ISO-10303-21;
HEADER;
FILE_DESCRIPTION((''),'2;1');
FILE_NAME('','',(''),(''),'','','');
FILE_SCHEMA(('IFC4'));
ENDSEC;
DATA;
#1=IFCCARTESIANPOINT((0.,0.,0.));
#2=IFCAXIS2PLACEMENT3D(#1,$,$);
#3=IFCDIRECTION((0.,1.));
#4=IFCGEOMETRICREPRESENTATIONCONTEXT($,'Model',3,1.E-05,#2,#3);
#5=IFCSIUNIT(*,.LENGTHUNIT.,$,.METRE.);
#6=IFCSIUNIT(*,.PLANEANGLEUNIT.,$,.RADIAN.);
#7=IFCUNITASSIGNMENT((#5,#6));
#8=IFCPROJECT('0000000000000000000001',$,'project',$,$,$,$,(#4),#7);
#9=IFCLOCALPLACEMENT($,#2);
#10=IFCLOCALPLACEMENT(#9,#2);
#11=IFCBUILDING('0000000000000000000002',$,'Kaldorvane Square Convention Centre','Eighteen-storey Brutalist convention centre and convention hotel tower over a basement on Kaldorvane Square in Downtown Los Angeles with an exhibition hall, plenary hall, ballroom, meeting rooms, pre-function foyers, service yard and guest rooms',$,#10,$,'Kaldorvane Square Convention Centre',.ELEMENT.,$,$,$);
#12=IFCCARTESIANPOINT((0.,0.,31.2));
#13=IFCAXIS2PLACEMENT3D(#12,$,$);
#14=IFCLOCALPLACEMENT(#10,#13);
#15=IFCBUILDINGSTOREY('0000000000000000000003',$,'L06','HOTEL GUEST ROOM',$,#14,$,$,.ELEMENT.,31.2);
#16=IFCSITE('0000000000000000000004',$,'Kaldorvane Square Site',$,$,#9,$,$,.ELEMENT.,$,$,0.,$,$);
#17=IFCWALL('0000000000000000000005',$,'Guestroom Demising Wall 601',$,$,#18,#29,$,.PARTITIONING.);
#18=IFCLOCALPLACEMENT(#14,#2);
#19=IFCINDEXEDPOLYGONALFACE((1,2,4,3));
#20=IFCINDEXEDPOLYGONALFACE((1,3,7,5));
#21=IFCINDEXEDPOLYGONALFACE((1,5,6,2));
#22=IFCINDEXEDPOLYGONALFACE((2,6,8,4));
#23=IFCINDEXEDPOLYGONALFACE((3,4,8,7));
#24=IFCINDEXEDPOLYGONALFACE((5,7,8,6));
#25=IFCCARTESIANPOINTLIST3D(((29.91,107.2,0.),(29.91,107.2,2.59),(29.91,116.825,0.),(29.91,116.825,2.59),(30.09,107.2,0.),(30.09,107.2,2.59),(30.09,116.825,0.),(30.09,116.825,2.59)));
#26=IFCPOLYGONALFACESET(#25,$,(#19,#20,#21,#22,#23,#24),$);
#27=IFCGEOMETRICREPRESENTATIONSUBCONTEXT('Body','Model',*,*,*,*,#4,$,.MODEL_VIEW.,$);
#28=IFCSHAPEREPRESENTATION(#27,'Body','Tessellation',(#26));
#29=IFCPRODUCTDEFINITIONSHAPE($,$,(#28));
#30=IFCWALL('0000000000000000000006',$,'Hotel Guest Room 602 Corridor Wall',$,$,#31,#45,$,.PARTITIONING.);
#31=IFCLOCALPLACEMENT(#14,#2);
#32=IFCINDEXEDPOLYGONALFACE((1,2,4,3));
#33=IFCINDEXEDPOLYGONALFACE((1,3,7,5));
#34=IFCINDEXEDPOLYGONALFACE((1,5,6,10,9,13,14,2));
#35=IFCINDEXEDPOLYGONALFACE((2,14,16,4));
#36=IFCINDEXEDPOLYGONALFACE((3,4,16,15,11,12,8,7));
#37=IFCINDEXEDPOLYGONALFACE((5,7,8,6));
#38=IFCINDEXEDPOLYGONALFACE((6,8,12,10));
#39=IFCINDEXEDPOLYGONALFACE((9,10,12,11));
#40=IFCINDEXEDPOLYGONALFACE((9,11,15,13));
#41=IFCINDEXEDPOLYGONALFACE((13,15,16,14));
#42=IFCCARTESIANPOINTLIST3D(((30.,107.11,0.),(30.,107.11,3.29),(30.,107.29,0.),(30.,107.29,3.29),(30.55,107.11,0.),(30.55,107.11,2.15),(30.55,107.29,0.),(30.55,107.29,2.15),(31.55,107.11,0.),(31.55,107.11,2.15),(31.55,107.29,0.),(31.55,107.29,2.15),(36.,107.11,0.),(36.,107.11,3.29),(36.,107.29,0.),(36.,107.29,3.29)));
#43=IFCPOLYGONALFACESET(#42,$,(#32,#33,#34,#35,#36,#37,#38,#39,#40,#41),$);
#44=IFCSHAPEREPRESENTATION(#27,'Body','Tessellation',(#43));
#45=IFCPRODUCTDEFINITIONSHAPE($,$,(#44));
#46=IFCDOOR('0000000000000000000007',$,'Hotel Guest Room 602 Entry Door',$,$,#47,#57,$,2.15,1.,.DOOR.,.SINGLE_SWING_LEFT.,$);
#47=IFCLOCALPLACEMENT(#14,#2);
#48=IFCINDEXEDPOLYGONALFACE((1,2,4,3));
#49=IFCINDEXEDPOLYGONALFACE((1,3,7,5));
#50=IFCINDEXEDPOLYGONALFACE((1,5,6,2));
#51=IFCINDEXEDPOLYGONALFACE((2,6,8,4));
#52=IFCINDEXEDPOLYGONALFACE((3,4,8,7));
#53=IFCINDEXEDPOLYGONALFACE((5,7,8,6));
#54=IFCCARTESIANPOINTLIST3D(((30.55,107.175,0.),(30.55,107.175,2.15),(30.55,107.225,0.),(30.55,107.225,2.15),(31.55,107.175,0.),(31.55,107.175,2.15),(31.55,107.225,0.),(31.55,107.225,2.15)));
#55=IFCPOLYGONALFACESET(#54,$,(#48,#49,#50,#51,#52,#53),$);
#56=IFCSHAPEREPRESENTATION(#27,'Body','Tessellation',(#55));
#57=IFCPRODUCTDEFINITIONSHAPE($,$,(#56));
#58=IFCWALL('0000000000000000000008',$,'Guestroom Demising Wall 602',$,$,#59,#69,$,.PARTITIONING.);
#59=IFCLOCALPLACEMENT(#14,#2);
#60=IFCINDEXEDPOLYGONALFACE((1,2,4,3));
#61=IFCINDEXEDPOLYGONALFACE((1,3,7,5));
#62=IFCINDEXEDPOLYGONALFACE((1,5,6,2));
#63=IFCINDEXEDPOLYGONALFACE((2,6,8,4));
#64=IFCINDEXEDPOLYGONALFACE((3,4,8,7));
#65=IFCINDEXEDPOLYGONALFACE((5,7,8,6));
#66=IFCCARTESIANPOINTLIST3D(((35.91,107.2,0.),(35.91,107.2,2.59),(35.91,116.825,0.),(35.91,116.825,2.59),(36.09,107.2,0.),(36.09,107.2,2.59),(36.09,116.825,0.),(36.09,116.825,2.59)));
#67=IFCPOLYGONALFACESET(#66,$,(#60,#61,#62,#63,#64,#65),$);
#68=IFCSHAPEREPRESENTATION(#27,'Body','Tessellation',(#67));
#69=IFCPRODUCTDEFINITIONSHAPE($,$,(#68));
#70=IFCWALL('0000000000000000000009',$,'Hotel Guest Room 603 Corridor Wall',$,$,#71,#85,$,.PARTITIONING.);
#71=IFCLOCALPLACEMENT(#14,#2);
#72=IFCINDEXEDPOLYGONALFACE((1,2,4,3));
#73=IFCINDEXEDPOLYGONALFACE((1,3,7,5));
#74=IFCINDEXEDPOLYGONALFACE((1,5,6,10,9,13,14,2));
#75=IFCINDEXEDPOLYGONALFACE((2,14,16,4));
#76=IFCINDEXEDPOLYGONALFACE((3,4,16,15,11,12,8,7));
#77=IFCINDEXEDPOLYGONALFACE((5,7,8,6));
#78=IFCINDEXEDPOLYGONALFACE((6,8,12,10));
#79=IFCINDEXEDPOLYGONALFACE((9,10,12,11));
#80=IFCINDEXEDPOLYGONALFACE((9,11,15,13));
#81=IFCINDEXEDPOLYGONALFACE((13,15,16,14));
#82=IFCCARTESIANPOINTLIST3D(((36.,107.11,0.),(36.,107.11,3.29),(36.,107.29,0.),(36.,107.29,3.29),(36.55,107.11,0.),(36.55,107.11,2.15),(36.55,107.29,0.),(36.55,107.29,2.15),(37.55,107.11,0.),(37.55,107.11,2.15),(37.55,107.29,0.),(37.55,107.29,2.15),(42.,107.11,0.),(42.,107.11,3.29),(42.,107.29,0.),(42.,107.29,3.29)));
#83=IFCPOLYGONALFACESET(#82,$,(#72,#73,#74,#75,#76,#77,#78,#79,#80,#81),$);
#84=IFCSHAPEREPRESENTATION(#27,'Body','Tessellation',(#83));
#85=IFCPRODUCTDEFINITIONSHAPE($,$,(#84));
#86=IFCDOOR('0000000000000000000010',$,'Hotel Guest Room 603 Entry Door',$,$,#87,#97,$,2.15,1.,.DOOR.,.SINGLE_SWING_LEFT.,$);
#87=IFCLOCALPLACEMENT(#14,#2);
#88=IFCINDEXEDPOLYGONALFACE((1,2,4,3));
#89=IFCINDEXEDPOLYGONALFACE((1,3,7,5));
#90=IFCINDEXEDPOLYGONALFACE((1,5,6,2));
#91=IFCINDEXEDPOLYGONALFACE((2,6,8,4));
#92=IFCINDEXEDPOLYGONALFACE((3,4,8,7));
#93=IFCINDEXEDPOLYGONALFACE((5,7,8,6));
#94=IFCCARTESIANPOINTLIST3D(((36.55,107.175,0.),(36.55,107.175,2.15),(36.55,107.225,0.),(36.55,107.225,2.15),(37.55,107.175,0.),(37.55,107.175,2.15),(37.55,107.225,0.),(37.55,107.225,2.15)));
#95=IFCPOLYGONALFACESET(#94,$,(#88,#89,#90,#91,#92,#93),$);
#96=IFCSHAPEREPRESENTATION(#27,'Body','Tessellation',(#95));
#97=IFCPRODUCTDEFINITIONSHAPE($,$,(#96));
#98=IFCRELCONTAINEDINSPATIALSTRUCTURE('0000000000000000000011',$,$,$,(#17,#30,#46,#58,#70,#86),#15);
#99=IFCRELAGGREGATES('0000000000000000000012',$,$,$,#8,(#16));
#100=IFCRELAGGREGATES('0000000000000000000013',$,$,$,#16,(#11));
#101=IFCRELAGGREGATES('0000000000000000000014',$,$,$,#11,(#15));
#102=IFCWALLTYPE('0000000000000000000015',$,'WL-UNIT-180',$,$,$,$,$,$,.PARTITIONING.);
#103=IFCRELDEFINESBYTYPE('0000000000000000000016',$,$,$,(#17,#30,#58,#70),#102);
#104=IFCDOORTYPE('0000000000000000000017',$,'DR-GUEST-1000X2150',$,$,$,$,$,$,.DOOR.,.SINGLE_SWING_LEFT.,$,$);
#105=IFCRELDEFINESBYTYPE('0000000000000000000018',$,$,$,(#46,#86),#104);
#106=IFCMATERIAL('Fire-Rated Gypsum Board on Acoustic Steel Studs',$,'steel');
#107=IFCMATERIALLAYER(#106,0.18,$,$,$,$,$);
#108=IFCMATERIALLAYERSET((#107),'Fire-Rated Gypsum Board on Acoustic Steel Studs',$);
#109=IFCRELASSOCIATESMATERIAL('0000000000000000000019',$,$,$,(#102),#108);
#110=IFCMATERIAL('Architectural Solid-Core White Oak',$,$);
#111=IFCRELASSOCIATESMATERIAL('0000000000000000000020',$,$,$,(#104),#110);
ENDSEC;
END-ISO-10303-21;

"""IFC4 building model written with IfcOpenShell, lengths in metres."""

from ifc_helpers import new_model, si_unit, direction, frame, frame_2d, origin, place, context, subcontext, project, spatial, rectangle, extrude, material, layer, layer_set, type_object, element, fill, save


model = new_model("IFC4")

# Units and contexts
model_context = context("Model", 3, precision=1e-05, world=origin(), true_north=direction((0.0, 1.0)))
body_context = subcontext(model_context, "Body", "Model", "MODEL_VIEW")
ifc_project = project(units=[si_unit("LENGTHUNIT", "METRE"), si_unit("PLANEANGLEUNIT", "RADIAN")], contexts=[model_context])

# Site, building, storey
site_placement = place(None, origin())
site = spatial("IfcSite", under=ifc_project, at=site_placement, Name="Kaldorvane Square Site", CompositionType="ELEMENT", RefElevation=0.0)
building_placement = place(site_placement, origin())
building = spatial("IfcBuilding", under=site, at=building_placement, Name="Kaldorvane Square Convention Centre", Description="Eighteen-storey Brutalist convention centre and convention hotel tower over a basement on Kaldorvane Square in Downtown Los Angeles with an exhibition hall, plenary hall, ballroom, meeting rooms, pre-function foyers, service yard and guest rooms", LongName="Kaldorvane Square Convention Centre", CompositionType="ELEMENT")
storey_placement = place(building_placement, frame((0.0, 0.0, 31.2)))
storey = spatial("IfcBuildingStorey", under=building, at=storey_placement, Name="L06", Description="HOTEL GUEST ROOM", CompositionType="ELEMENT", Elevation=31.2)

# Shared definitions
ifc_material_1 = material(Name="Fire-Rated Gypsum Board on Acoustic Steel Studs", Category="steel")
ifc_material_2 = material(Name="Architectural Solid-Core White Oak")

# Shared definitions
ifc_layer_1 = layer(ifc_material_1, 0.18)
ifc_layer_set_1 = layer_set([ifc_layer_1], Name="Fire-Rated Gypsum Board on Acoustic Steel Studs")
wall_type_1 = type_object("IfcWallType", Name="WL-UNIT-180", PredefinedType="PARTITIONING", material=ifc_layer_set_1)
door_type_1 = type_object("IfcDoorType", Name="DR-GUEST-1000X2150", OperationType="SINGLE_SWING_LEFT", PredefinedType="DOOR", material=ifc_material_2)

# Wall
wall_1_placement = place(storey_placement, frame((30.0, 107.2, 0.0), z_axis=(0.0, 0.0, 1.0), x_axis=(0.0, 1.0, 0.0)))
element("IfcWall", 1, at=wall_1_placement, inside=storey, type_object=wall_type_1, Name="Guestroom Demising Wall 601", PredefinedType="PARTITIONING", context=body_context, shape_type="SweptSolid", body=[
    extrude(rectangle(XDim=9.625, YDim=0.18, at=frame_2d((4.8125, 0.0))), origin(), (0.0, 0.0, 1.0), 2.59),
])

# Wall, opening, door
wall_2_placement = place(storey_placement, frame((30.0, 107.2, 0.0), z_axis=(0.0, 0.0, 1.0), x_axis=(1.0, 0.0, 0.0)))
wall_2 = element("IfcWall", 2, at=wall_2_placement, inside=storey, type_object=wall_type_1, Name="Hotel Guest Room 602 Corridor Wall", PredefinedType="PARTITIONING", context=body_context, shape_type="SweptSolid", body=[
    extrude(rectangle(XDim=6.0, YDim=0.18, at=frame_2d((3.0, 0.0))), origin(), (0.0, 0.0, 1.0), 3.29),
])
opening_1_placement = place(wall_2_placement, frame((0.55, 0.0, 0.0)))
opening_1 = element("IfcOpeningElement", 3, at=opening_1_placement, cuts=wall_2, PredefinedType="OPENING", context=body_context, shape_type="SweptSolid", body=[
    extrude(rectangle(XDim=1.0, YDim=2.15, at=frame_2d((0.5, 1.075))), frame((0.0, 0.105, 0.0), z_axis=(0.0, -1.0, 0.0), x_axis=(1.0, 0.0, 0.0)), (0.0, 0.0, 1.0), 0.21),
])
door_1_placement = place(opening_1_placement, origin())
door_1 = element("IfcDoor", 4, at=door_1_placement, inside=storey, type_object=door_type_1, Name="Hotel Guest Room 602 Entry Door", OperationType="SINGLE_SWING_LEFT", OverallHeight=2.15, OverallWidth=1.0, PredefinedType="DOOR", context=body_context, shape_type="SweptSolid", body=[
    extrude(rectangle(XDim=1.0, YDim=2.15, at=frame_2d((0.5, 1.075))), frame((0.0, 0.025, 0.0), z_axis=(0.0, -1.0, 0.0), x_axis=(1.0, 0.0, 0.0)), (0.0, 0.0, 1.0), 0.05),
])
fill(opening_1, door_1)

# Wall
wall_3_placement = place(storey_placement, frame((36.0, 107.2, 0.0), z_axis=(0.0, 0.0, 1.0), x_axis=(0.0, 1.0, 0.0)))
element("IfcWall", 5, at=wall_3_placement, inside=storey, type_object=wall_type_1, Name="Guestroom Demising Wall 602", PredefinedType="PARTITIONING", context=body_context, shape_type="SweptSolid", body=[
    extrude(rectangle(XDim=9.625, YDim=0.18, at=frame_2d((4.8125, 0.0))), origin(), (0.0, 0.0, 1.0), 2.59),
])

# Wall, opening, door
wall_4_placement = place(storey_placement, frame((36.0, 107.2, 0.0), z_axis=(0.0, 0.0, 1.0), x_axis=(1.0, 0.0, 0.0)))
wall_4 = element("IfcWall", 6, at=wall_4_placement, inside=storey, type_object=wall_type_1, Name="Hotel Guest Room 603 Corridor Wall", PredefinedType="PARTITIONING", context=body_context, shape_type="SweptSolid", body=[
    extrude(rectangle(XDim=6.0, YDim=0.18, at=frame_2d((3.0, 0.0))), origin(), (0.0, 0.0, 1.0), 3.29),
])
opening_2_placement = place(wall_4_placement, frame((0.55, 0.0, 0.0)))
opening_2 = element("IfcOpeningElement", 7, at=opening_2_placement, cuts=wall_4, PredefinedType="OPENING", context=body_context, shape_type="SweptSolid", body=[
    extrude(rectangle(XDim=1.0, YDim=2.15, at=frame_2d((0.5, 1.075))), frame((0.0, 0.105, 0.0), z_axis=(0.0, -1.0, 0.0), x_axis=(1.0, 0.0, 0.0)), (0.0, 0.0, 1.0), 0.21),
])
door_2_placement = place(opening_2_placement, origin())
door_2 = element("IfcDoor", 8, at=door_2_placement, inside=storey, type_object=door_type_1, Name="Hotel Guest Room 603 Entry Door", OperationType="SINGLE_SWING_LEFT", OverallHeight=2.15, OverallWidth=1.0, PredefinedType="DOOR", context=body_context, shape_type="SweptSolid", body=[
    extrude(rectangle(XDim=1.0, YDim=2.15, at=frame_2d((0.5, 1.075))), frame((0.0, 0.025, 0.0), z_axis=(0.0, -1.0, 0.0), x_axis=(1.0, 0.0, 0.0)), (0.0, 0.0, 1.0), 0.05),
])
fill(opening_2, door_2)

save(model, "model.ifc")
